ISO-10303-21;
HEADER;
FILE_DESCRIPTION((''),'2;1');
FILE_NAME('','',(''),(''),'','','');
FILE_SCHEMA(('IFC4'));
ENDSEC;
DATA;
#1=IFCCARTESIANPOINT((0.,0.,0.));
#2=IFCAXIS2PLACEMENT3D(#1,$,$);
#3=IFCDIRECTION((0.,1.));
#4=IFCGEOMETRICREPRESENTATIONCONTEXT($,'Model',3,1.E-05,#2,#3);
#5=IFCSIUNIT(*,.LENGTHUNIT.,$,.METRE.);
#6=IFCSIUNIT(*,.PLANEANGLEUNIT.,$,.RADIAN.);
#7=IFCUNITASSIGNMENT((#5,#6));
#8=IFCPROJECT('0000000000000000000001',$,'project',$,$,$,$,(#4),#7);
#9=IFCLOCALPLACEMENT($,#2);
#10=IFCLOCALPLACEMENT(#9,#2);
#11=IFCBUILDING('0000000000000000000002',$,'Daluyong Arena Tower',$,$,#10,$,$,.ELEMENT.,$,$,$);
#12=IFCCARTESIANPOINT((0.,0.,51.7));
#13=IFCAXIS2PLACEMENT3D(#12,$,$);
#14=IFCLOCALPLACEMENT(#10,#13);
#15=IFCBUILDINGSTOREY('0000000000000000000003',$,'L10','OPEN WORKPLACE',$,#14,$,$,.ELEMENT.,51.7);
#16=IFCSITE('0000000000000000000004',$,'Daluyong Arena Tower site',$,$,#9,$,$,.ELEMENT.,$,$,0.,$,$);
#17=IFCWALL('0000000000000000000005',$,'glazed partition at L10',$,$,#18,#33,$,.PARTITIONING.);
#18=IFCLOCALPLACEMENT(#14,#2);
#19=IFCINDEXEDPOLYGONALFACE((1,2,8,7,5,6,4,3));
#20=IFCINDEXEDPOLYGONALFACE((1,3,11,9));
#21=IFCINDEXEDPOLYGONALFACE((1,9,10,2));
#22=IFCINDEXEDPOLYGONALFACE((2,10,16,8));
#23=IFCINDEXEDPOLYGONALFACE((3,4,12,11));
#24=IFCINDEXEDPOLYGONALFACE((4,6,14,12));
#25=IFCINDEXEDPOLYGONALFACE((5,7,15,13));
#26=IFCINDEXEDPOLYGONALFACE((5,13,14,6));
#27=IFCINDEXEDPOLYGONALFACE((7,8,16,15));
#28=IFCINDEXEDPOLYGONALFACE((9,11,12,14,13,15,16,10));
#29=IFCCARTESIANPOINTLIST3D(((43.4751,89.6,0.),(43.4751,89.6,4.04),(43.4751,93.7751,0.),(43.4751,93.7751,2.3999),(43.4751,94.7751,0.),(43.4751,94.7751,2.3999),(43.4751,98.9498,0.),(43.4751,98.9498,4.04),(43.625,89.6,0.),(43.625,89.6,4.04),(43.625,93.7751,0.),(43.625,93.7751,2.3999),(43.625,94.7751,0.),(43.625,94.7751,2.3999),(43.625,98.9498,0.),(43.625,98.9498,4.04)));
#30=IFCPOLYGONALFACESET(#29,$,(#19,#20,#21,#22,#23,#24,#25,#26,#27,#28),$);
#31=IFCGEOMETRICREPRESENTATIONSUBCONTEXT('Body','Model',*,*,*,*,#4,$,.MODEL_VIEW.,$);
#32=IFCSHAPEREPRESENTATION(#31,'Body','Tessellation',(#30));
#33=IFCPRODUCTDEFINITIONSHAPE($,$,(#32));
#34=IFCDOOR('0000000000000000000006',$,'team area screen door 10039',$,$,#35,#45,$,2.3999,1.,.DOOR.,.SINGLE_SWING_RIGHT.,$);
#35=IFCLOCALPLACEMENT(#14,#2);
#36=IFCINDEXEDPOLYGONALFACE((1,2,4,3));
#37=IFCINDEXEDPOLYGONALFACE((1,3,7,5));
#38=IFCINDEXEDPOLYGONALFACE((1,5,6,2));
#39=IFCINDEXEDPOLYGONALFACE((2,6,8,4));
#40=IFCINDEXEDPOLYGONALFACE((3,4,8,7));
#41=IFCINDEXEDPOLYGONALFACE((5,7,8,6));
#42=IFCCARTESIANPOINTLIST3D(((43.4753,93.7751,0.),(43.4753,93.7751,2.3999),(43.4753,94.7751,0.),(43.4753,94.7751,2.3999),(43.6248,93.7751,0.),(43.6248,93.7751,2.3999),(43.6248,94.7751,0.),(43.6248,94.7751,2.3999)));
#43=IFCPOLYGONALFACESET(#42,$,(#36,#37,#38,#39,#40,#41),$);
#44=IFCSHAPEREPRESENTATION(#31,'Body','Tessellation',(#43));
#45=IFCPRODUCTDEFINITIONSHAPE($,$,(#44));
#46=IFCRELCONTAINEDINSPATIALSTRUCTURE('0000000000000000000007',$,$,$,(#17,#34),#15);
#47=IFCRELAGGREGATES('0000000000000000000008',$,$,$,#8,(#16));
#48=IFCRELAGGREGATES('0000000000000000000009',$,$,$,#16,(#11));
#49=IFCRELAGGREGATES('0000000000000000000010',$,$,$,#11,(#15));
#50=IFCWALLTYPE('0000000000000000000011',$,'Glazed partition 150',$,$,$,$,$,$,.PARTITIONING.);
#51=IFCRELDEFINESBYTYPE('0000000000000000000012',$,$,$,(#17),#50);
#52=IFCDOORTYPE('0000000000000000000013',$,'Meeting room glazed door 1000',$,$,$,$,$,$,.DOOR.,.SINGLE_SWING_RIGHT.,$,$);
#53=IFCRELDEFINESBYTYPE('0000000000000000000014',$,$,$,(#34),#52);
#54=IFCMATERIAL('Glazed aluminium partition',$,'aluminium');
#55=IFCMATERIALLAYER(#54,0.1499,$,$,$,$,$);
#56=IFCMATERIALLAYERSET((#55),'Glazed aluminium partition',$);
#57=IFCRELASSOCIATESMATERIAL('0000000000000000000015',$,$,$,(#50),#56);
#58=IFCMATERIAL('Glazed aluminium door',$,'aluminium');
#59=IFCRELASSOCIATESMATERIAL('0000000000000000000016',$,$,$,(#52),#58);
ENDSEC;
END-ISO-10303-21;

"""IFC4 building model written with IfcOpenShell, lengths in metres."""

from ifc_helpers import new_model, si_unit, direction, frame, frame_2d, origin, place, context, subcontext, project, spatial, rectangle, extrude, material, layer, layer_set, type_object, element, fill, save


model = new_model("IFC4")

# Units and contexts
model_context = context("Model", 3, precision=1e-05, world=origin(), true_north=direction((0.0, 1.0)))
body_context = subcontext(model_context, "Body", "Model", "MODEL_VIEW")
ifc_project = project(units=[si_unit("LENGTHUNIT", "METRE"), si_unit("PLANEANGLEUNIT", "RADIAN")], contexts=[model_context])

# Site, building, storey
site_placement = place(None, origin())
site = spatial("IfcSite", under=ifc_project, at=site_placement, Name="Daluyong Arena Tower site", CompositionType="ELEMENT", RefElevation=0.0)
building_placement = place(site_placement, origin())
building = spatial("IfcBuilding", under=site, at=building_placement, Name="Daluyong Arena Tower", CompositionType="ELEMENT")
storey_placement = place(building_placement, frame((0.0, 0.0, 51.7)))
storey = spatial("IfcBuildingStorey", under=building, at=storey_placement, Name="L10", Description="OPEN WORKPLACE", CompositionType="ELEMENT", Elevation=51.7)

# Wall, opening, door
ifc_material_1 = material(Name="Glazed aluminium partition", Category="aluminium")
ifc_layer = layer(ifc_material_1, 0.1499)
ifc_layer_set = layer_set([ifc_layer], Name="Glazed aluminium partition")
wall_type = type_object("IfcWallType", Name="Glazed partition 150", PredefinedType="PARTITIONING", material=ifc_layer_set)
wall_placement = place(storey_placement, frame((43.55, 89.6001, 0.0), z_axis=(0.0, 0.0, 1.0), x_axis=(0.0, 1.0, 0.0)))
wall = element("IfcWall", 1, at=wall_placement, inside=storey, type_object=wall_type, Name="glazed partition at L10", PredefinedType="PARTITIONING", context=body_context, shape_type="SweptSolid", body=[
    extrude(rectangle(XDim=9.3499, YDim=0.1499, at=frame_2d((4.6748, 0.0))), origin(), (0.0, 0.0, 1.0), 4.04),
])
opening_placement = place(wall_placement, frame((4.175, 0.0, 0.0)))
opening = element("IfcOpeningElement", 2, at=opening_placement, cuts=wall, PredefinedType="OPENING", context=body_context, shape_type="SweptSolid", body=[
    extrude(rectangle(XDim=1.0, YDim=2.3999, at=frame_2d((0.5, 1.2))), frame((0.0, 0.085, 0.0), z_axis=(0.0, -1.0, 0.0), x_axis=(1.0, 0.0, 0.0)), (0.0, 0.0, 1.0), 0.1699),
])
ifc_material_2 = material(Name="Glazed aluminium door", Category="aluminium")
door_type = type_object("IfcDoorType", Name="Meeting room glazed door 1000", OperationType="SINGLE_SWING_RIGHT", PredefinedType="DOOR", material=ifc_material_2)
door_placement = place(opening_placement, origin())
door = element("IfcDoor", 3, at=door_placement, inside=storey, type_object=door_type, Name="team area screen door 10039", OperationType="SINGLE_SWING_RIGHT", OverallHeight=2.3999, OverallWidth=1.0, PredefinedType="DOOR", context=body_context, shape_type="SweptSolid", body=[
    extrude(rectangle(XDim=1.0, YDim=2.3999, at=frame_2d((0.5, 1.2))), frame((0.0, 0.0747, 0.0), z_axis=(0.0, -1.0, 0.0), x_axis=(1.0, 0.0, 0.0)), (0.0, 0.0, 1.0), 0.1494),
])
fill(opening, door)

save(model, "model.ifc")
